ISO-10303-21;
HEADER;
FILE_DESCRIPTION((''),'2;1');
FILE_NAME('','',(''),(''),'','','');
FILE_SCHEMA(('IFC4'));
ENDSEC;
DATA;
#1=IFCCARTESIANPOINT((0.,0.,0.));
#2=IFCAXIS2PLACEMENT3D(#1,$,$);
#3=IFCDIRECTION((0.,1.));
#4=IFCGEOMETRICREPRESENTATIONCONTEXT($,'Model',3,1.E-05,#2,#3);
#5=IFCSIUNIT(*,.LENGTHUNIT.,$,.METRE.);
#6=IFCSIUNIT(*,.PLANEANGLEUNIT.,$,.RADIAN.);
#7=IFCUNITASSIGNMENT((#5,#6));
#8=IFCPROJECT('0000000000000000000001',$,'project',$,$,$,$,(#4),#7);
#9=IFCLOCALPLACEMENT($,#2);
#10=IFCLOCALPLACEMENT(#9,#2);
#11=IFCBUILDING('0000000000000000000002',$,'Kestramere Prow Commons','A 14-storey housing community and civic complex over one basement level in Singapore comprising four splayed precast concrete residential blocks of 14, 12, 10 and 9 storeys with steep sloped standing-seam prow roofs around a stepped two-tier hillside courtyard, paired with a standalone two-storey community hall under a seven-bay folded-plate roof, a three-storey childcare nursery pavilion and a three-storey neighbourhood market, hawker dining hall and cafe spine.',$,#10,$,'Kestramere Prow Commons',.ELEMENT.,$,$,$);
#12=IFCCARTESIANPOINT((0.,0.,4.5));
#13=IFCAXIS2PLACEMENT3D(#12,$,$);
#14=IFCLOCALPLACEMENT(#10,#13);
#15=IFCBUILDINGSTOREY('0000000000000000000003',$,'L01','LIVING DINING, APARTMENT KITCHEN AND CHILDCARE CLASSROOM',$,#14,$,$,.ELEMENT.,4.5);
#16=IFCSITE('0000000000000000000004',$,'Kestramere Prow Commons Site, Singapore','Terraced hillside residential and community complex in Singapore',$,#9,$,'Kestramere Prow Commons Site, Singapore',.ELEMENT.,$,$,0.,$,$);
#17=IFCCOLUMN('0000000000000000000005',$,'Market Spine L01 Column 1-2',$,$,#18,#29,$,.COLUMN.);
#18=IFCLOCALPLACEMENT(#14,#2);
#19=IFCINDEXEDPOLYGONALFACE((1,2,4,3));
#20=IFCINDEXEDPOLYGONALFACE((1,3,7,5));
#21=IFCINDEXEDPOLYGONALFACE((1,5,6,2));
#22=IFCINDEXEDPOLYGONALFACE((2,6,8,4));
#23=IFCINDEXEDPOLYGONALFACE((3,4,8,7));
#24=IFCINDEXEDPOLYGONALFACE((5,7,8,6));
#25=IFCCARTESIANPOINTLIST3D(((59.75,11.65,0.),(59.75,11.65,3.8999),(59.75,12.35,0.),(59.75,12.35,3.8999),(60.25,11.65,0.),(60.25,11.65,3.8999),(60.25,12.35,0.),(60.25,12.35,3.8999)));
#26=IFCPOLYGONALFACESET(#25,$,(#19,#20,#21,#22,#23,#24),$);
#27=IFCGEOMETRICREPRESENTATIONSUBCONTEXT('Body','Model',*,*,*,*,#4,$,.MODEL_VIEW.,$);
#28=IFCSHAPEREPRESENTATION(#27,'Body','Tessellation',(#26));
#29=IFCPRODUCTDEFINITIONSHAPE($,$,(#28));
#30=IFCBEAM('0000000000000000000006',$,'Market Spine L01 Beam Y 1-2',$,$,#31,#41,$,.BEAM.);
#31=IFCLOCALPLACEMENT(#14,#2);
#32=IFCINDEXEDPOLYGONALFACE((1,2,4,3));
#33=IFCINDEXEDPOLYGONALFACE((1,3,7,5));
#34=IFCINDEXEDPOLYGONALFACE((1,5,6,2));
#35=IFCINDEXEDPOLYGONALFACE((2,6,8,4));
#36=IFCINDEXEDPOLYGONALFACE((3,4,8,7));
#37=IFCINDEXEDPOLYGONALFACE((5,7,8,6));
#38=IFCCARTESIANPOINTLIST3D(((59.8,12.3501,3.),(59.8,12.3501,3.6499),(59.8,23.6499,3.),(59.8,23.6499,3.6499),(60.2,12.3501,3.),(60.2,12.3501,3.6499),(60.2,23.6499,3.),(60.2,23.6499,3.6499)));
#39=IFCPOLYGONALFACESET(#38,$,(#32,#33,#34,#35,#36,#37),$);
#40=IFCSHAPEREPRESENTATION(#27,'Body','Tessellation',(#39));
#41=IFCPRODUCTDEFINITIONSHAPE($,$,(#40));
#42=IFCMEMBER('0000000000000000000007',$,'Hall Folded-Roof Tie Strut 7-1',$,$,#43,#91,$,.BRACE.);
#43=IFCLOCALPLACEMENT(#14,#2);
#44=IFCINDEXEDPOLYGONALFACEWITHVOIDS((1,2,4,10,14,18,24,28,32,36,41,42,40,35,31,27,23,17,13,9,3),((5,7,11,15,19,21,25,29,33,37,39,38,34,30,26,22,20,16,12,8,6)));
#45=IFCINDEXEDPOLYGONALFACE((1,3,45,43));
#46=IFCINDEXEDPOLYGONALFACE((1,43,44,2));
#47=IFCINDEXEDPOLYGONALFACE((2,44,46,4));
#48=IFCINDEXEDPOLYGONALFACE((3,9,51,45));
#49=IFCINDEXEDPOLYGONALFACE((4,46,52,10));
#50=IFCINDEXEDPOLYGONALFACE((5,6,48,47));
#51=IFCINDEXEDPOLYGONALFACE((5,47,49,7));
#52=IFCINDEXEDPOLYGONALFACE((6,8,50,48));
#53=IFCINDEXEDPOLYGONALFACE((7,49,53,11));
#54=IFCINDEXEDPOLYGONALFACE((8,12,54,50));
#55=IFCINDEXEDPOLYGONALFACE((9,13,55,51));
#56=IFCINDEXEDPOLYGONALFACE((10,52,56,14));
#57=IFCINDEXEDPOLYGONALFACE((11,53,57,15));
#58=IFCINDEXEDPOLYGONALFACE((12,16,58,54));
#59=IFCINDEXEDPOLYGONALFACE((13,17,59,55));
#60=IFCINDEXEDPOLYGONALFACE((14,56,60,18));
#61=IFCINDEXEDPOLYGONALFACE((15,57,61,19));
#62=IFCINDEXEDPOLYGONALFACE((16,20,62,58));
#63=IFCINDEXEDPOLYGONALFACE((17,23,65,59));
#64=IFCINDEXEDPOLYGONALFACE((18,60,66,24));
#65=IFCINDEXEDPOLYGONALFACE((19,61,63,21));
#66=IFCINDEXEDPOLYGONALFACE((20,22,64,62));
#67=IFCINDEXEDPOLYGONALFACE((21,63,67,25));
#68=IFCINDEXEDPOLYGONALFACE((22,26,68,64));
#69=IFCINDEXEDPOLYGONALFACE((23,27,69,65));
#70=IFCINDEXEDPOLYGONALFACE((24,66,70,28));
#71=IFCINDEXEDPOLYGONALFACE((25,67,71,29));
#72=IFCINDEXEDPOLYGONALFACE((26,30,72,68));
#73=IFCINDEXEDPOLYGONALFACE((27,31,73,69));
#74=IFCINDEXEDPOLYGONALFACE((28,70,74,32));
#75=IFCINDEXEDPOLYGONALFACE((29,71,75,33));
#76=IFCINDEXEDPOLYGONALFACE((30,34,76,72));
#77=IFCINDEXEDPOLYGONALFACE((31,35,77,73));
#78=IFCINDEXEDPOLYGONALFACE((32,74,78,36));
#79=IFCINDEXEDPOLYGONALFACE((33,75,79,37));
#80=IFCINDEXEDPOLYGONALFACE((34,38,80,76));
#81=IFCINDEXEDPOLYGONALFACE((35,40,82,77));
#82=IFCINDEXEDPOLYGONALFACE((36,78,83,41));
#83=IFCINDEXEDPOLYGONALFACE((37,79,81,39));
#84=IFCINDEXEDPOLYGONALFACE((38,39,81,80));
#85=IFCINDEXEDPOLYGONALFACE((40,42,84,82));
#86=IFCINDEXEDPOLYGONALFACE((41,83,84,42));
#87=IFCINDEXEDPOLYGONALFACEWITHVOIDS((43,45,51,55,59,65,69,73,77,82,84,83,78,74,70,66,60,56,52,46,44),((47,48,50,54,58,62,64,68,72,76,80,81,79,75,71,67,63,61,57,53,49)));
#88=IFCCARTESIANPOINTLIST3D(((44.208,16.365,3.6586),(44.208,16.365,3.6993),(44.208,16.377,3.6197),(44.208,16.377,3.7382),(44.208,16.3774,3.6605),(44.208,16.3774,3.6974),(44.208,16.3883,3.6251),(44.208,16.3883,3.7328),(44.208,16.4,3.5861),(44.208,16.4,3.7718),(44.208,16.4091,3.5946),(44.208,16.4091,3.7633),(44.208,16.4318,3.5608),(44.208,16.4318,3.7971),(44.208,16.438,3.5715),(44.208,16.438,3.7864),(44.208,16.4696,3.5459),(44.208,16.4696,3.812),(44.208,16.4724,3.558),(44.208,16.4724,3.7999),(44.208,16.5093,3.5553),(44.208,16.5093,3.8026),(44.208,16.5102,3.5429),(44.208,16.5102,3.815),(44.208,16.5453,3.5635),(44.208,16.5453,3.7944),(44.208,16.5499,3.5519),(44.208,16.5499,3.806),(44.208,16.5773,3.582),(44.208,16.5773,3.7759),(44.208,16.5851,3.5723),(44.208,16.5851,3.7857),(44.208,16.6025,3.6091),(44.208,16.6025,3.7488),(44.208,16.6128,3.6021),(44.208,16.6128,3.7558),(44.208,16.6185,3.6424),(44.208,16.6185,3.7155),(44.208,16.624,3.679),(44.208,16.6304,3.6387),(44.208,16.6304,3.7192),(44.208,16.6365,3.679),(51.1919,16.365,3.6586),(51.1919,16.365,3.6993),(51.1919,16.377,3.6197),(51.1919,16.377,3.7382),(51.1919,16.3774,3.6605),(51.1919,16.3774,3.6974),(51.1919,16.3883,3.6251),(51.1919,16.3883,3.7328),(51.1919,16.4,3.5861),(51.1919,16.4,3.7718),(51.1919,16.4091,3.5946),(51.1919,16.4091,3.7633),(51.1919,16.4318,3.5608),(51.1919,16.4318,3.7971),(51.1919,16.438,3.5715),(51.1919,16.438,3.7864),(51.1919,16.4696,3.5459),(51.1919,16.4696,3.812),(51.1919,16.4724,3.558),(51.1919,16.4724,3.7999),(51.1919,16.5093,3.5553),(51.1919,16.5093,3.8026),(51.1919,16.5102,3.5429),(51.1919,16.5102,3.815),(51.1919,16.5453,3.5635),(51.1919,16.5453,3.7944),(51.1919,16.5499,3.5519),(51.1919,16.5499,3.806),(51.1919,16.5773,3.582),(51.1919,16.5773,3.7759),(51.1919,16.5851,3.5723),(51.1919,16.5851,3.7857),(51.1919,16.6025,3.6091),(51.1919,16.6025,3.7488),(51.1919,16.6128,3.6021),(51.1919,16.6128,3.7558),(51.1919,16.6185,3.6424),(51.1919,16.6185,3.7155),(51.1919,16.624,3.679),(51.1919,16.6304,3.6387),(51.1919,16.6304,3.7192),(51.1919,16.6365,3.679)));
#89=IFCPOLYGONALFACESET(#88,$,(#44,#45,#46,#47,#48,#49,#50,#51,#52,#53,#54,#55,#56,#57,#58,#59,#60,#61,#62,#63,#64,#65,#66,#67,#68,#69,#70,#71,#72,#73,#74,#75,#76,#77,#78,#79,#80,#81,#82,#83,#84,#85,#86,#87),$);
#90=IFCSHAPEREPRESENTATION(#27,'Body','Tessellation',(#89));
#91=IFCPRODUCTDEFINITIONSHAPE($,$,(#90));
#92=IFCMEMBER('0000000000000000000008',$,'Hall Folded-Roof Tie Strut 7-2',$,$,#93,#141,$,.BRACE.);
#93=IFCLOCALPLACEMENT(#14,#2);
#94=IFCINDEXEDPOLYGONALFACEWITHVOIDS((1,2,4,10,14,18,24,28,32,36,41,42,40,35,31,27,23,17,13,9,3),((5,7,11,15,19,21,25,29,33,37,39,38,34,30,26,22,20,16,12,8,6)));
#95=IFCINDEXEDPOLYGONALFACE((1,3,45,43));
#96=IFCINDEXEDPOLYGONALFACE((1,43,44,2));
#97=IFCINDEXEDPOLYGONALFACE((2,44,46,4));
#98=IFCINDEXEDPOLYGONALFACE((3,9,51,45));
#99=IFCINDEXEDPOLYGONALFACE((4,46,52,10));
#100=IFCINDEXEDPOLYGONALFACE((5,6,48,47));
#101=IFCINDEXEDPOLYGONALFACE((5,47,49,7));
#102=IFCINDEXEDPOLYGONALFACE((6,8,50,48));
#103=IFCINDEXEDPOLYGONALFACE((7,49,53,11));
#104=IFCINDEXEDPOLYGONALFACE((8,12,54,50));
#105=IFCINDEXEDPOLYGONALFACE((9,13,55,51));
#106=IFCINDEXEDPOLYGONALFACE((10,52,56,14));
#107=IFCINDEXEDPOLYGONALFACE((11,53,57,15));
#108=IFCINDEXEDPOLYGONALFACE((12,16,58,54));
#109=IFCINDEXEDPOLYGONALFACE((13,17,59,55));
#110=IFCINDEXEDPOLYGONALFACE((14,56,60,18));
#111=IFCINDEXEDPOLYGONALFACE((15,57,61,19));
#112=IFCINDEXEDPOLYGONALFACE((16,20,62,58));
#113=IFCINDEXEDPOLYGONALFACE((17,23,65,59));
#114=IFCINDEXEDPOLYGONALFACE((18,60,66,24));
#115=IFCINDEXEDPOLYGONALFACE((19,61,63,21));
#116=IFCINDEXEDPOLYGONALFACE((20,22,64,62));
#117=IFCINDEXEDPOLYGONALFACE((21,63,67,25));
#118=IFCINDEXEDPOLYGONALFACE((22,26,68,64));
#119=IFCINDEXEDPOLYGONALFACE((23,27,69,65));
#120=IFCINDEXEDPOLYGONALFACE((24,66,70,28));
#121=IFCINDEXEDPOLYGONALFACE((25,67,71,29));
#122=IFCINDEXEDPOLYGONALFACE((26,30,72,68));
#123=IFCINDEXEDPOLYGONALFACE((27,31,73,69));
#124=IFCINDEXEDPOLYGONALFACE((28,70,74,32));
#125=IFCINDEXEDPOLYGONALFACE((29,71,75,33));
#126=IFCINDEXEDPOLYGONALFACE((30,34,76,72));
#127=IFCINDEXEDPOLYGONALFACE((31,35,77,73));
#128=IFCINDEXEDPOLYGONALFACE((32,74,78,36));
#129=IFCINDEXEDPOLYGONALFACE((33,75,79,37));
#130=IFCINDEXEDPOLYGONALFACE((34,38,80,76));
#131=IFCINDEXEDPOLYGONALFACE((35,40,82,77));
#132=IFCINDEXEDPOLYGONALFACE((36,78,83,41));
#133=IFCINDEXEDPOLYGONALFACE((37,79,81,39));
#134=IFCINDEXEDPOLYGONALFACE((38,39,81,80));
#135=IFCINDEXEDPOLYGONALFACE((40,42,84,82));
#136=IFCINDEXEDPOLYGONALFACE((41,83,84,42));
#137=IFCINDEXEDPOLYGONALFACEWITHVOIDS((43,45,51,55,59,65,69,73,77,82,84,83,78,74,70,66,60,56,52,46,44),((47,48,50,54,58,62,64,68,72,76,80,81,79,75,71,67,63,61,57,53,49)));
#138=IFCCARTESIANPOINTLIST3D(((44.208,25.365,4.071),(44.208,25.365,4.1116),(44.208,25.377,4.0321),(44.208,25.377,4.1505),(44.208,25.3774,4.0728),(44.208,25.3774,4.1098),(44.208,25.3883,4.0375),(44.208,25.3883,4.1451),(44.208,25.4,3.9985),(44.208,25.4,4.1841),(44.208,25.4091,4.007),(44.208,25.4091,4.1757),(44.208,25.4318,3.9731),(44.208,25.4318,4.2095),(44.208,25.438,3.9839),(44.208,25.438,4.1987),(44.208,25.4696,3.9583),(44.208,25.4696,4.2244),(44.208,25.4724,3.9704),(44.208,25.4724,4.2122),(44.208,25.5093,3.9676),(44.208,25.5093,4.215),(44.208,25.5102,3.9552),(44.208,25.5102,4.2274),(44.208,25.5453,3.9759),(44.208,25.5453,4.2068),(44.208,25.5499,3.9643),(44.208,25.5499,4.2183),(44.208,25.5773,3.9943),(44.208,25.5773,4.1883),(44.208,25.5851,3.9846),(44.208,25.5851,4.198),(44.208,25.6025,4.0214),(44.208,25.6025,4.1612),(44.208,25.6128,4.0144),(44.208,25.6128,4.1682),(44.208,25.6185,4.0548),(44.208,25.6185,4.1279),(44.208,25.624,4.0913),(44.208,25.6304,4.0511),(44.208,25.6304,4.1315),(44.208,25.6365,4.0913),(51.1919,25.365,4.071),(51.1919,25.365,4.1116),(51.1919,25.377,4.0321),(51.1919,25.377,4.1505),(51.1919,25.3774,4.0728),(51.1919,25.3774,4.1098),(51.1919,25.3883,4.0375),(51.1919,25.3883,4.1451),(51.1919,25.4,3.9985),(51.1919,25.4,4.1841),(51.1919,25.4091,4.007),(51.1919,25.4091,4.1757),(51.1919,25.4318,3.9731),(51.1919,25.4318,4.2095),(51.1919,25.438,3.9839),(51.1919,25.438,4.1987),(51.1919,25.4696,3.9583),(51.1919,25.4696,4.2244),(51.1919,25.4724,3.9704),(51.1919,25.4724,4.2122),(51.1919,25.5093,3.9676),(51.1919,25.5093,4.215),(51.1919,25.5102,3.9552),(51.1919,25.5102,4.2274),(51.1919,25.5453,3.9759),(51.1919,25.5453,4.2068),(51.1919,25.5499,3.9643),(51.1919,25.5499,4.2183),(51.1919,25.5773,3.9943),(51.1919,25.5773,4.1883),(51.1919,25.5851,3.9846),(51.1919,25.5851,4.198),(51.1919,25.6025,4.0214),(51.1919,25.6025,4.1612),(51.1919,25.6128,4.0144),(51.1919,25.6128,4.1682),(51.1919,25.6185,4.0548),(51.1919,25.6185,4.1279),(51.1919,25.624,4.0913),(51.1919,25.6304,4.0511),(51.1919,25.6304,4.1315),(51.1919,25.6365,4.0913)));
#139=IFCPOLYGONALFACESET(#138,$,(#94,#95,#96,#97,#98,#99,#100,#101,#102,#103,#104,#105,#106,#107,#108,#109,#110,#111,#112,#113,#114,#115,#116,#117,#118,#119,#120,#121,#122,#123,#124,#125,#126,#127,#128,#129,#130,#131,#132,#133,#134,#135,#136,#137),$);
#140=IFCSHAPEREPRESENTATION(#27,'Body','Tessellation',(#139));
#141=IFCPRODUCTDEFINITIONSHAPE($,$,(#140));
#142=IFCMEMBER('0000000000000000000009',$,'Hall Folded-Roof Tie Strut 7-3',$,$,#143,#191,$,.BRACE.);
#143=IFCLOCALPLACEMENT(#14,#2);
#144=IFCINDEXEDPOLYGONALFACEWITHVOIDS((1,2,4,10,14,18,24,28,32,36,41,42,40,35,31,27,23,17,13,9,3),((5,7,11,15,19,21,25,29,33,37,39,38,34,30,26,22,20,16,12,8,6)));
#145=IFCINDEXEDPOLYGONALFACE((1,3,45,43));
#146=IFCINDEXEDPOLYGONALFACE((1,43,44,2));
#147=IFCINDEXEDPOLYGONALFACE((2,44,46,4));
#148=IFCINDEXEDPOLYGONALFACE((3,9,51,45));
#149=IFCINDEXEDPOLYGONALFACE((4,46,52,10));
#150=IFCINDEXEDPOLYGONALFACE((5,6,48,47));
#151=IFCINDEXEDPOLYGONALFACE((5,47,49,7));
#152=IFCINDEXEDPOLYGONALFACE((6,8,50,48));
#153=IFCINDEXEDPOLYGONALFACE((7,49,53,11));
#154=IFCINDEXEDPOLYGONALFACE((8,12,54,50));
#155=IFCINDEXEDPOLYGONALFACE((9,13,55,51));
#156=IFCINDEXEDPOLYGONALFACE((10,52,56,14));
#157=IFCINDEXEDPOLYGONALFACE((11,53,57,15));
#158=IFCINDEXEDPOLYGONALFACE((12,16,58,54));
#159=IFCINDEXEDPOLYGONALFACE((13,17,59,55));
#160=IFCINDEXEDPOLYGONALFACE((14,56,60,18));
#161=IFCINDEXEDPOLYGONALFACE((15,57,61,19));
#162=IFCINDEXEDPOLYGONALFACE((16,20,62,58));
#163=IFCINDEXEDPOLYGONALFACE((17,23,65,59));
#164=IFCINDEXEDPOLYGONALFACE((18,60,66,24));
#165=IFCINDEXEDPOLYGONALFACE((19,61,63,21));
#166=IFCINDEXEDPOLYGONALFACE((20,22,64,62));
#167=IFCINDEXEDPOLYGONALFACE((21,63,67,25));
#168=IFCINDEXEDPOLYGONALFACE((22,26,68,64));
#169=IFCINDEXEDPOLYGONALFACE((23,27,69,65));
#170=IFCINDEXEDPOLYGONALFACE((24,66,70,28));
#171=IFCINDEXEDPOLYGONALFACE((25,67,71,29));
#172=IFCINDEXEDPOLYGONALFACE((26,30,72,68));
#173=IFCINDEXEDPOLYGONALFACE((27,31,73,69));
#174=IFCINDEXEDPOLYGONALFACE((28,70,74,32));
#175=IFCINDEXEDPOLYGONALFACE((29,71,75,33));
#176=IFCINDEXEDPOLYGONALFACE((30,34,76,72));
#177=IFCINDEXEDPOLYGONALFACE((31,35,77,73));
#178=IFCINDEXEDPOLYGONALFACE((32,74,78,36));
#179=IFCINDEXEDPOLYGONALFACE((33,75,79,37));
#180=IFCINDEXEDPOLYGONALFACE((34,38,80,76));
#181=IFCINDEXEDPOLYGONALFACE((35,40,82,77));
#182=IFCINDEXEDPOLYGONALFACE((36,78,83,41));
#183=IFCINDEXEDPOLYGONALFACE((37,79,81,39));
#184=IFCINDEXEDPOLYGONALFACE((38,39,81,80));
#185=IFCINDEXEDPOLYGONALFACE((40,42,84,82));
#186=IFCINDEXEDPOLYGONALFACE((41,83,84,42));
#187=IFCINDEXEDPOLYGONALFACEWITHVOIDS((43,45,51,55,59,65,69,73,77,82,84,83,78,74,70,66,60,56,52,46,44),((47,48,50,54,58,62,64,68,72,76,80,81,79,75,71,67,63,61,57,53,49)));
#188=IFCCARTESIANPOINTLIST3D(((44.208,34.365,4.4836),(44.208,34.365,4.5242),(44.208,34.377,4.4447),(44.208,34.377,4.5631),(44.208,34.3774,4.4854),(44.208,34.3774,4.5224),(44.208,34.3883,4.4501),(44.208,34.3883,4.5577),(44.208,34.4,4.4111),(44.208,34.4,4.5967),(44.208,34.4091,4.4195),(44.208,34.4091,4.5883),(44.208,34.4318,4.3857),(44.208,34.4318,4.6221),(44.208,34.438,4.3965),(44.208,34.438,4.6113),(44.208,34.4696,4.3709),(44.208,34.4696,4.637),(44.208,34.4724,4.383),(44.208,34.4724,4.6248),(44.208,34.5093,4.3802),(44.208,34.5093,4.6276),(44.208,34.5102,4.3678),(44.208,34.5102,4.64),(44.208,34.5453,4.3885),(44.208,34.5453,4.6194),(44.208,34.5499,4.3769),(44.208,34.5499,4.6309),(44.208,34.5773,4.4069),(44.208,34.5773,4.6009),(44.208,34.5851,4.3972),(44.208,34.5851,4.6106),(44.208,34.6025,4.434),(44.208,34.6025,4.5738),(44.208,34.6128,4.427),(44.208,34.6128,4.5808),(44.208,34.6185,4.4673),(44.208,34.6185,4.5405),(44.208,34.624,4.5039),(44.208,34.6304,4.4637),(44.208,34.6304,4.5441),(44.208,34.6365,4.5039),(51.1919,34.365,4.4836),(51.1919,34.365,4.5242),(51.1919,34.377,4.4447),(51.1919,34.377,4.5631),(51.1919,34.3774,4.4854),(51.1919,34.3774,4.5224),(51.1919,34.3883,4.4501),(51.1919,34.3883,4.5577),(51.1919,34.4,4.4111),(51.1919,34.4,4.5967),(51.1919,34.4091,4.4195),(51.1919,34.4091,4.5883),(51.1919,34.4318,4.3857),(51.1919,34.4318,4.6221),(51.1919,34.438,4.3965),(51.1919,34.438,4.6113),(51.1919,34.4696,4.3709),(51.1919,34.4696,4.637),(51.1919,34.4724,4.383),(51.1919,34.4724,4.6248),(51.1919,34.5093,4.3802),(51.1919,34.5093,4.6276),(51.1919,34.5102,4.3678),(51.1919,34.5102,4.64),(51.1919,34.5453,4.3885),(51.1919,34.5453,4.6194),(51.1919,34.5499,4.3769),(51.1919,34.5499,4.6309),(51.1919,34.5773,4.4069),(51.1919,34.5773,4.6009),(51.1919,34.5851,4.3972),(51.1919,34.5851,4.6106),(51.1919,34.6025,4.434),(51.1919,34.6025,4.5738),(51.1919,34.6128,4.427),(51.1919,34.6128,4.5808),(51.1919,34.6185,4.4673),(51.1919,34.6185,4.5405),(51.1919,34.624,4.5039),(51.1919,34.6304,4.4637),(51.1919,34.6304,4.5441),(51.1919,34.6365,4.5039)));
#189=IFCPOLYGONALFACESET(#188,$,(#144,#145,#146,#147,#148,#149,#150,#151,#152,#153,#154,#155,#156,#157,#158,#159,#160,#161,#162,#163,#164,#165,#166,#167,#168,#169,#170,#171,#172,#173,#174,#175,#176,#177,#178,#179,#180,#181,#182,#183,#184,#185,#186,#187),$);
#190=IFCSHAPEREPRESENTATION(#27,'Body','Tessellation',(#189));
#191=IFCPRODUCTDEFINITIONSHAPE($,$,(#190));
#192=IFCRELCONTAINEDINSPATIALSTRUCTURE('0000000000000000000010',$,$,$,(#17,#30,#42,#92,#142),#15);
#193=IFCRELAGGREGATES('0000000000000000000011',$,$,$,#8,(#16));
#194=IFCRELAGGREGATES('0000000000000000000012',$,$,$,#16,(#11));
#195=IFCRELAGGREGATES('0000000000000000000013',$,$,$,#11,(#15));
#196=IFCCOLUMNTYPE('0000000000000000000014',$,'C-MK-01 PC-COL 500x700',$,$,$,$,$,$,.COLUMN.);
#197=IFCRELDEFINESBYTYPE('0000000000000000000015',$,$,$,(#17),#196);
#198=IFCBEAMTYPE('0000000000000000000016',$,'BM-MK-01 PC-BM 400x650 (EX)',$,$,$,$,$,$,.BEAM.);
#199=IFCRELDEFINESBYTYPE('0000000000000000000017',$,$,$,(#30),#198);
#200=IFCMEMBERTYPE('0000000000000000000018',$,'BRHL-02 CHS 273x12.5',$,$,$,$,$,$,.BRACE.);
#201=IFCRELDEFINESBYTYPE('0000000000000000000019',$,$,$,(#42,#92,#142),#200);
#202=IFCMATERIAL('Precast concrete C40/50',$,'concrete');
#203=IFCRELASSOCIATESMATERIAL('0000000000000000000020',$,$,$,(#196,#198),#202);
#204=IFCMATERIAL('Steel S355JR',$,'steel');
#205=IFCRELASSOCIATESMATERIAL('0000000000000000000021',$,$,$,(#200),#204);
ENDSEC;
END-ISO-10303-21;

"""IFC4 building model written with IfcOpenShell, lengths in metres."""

from ifc_helpers import new_model, si_unit, direction, frame, origin, origin_2d, place, context, subcontext, project, spatial, rectangle, hollow_circle, extrude, material, material_profile, profile_set, type_object, element, save


model = new_model("IFC4")

# Units and contexts
model_context = context("Model", 3, precision=1e-05, world=origin(), true_north=direction((0.0, 1.0)))
body_context = subcontext(model_context, "Body", "Model", "MODEL_VIEW")
ifc_project = project(units=[si_unit("LENGTHUNIT", "METRE"), si_unit("PLANEANGLEUNIT", "RADIAN")], contexts=[model_context])

# Site, building, storey
site_placement = place(None, origin())
site = spatial("IfcSite", under=ifc_project, at=site_placement, Name="Kestramere Prow Commons Site, Singapore", Description="Terraced hillside residential and community complex in Singapore", LongName="Kestramere Prow Commons Site, Singapore", CompositionType="ELEMENT", RefElevation=0.0)
building_placement = place(site_placement, origin())
building = spatial("IfcBuilding", under=site, at=building_placement, Name="Kestramere Prow Commons", Description="A 14-storey housing community and civic complex over one basement level in Singapore comprising four splayed precast concrete residential blocks of 14, 12, 10 and 9 storeys with steep sloped standing-seam prow roofs around a stepped two-tier hillside courtyard, paired with a standalone two-storey community hall under a seven-bay folded-plate roof, a three-storey childcare nursery pavilion and a three-storey neighbourhood market, hawker dining hall and cafe spine.", LongName="Kestramere Prow Commons", CompositionType="ELEMENT")
storey_placement = place(building_placement, frame((0.0, 0.0, 4.5)))
storey = spatial("IfcBuildingStorey", under=building, at=storey_placement, Name="L01", Description="LIVING DINING, APARTMENT KITCHEN AND CHILDCARE CLASSROOM", CompositionType="ELEMENT", Elevation=4.5)

# Column
ifc_material_1 = material(Name="Precast concrete C40/50", Category="concrete")
ifc_material_profile_1 = material_profile(ifc_material_1, rectangle(XDim=0.5, YDim=0.7, at=origin_2d()), Name="PC-COL 500x700")
ifc_profile_set_1 = profile_set([ifc_material_profile_1], Name="Precast concrete C40/50")
column_type = type_object("IfcColumnType", Name="C-MK-01 PC-COL 500x700", PredefinedType="COLUMN", material=ifc_profile_set_1)
column_placement = place(storey_placement, frame((60.0, 12.0, 0.0), z_axis=(0.0, 0.0, 1.0), x_axis=(1.0, 0.0, 0.0)))
element("IfcColumn", 1, at=column_placement, inside=storey, type_object=column_type, Name="Market Spine L01 Column 1-2", PredefinedType="COLUMN", context=body_context, shape_type="SweptSolid", body=[
    extrude(rectangle(XDim=0.5, YDim=0.7, at=origin_2d()), origin(), (0.0, 0.0, 1.0), 3.8999),
])

# Beam
ifc_material_profile_2 = material_profile(ifc_material_1, rectangle(XDim=0.3999, YDim=0.6499, at=origin_2d()), Name="PC-BM 400x650")
ifc_profile_set_2 = profile_set([ifc_material_profile_2], Name="Precast concrete C40/50")
beam_type = type_object("IfcBeamType", Name="BM-MK-01 PC-BM 400x650 (EX)", PredefinedType="BEAM", material=ifc_profile_set_2)
beam_placement = place(storey_placement, frame((60.0, 12.3501, 3.325), z_axis=(0.0, 1.0, 0.0), x_axis=(-1.0, 0.0, 0.0)))
element("IfcBeam", 2, at=beam_placement, inside=storey, type_object=beam_type, Name="Market Spine L01 Beam Y 1-2", PredefinedType="BEAM", context=body_context, shape_type="SweptSolid", body=[
    extrude(rectangle(XDim=0.3999, YDim=0.6499, at=origin_2d()), origin(), (0.0, 0.0, 1.0), 11.2998),
])

# Members
ifc_material_2 = material(Name="Steel S355JR", Category="steel")
ifc_material_profile_3 = material_profile(ifc_material_2, hollow_circle(Radius=0.1365, WallThickness=0.0125, at=origin_2d()), Name="CHS 273x12.5")
ifc_profile_set_3 = profile_set([ifc_material_profile_3], Name="Steel S355JR")
member_type_1 = type_object("IfcMemberType", Name="BRHL-02 CHS 273x12.5", PredefinedType="BRACE", material=ifc_profile_set_3)
for number, where, z_axis, x_axis, name in (
    (3, (44.208, 16.5, 3.679), (1.0, 0.0, 0.0), (0.0, 1.0, 0.0), "Hall Folded-Roof Tie Strut 7-1"),
    (4, (44.208, 25.5, 4.0913), (1.0, 0.0, 0.0), (0.0, 1.0, 0.0), "Hall Folded-Roof Tie Strut 7-2"),
    (5, (44.208, 34.5, 4.5039), (1.0, 0.0, 0.0), (0.0, 1.0, 0.0), "Hall Folded-Roof Tie Strut 7-3"),
):
    element("IfcMember", number, at=place(storey_placement, frame(where, z_axis=z_axis, x_axis=x_axis)), inside=storey, type_object=member_type_1, Name=name, PredefinedType="BRACE", context=body_context, shape_type="SweptSolid", body=[
        extrude(hollow_circle(Radius=0.1365, WallThickness=0.0125, at=origin_2d()), origin(), (0.0, 0.0, 1.0), 6.9839),
    ])

save(model, "model.ifc")
